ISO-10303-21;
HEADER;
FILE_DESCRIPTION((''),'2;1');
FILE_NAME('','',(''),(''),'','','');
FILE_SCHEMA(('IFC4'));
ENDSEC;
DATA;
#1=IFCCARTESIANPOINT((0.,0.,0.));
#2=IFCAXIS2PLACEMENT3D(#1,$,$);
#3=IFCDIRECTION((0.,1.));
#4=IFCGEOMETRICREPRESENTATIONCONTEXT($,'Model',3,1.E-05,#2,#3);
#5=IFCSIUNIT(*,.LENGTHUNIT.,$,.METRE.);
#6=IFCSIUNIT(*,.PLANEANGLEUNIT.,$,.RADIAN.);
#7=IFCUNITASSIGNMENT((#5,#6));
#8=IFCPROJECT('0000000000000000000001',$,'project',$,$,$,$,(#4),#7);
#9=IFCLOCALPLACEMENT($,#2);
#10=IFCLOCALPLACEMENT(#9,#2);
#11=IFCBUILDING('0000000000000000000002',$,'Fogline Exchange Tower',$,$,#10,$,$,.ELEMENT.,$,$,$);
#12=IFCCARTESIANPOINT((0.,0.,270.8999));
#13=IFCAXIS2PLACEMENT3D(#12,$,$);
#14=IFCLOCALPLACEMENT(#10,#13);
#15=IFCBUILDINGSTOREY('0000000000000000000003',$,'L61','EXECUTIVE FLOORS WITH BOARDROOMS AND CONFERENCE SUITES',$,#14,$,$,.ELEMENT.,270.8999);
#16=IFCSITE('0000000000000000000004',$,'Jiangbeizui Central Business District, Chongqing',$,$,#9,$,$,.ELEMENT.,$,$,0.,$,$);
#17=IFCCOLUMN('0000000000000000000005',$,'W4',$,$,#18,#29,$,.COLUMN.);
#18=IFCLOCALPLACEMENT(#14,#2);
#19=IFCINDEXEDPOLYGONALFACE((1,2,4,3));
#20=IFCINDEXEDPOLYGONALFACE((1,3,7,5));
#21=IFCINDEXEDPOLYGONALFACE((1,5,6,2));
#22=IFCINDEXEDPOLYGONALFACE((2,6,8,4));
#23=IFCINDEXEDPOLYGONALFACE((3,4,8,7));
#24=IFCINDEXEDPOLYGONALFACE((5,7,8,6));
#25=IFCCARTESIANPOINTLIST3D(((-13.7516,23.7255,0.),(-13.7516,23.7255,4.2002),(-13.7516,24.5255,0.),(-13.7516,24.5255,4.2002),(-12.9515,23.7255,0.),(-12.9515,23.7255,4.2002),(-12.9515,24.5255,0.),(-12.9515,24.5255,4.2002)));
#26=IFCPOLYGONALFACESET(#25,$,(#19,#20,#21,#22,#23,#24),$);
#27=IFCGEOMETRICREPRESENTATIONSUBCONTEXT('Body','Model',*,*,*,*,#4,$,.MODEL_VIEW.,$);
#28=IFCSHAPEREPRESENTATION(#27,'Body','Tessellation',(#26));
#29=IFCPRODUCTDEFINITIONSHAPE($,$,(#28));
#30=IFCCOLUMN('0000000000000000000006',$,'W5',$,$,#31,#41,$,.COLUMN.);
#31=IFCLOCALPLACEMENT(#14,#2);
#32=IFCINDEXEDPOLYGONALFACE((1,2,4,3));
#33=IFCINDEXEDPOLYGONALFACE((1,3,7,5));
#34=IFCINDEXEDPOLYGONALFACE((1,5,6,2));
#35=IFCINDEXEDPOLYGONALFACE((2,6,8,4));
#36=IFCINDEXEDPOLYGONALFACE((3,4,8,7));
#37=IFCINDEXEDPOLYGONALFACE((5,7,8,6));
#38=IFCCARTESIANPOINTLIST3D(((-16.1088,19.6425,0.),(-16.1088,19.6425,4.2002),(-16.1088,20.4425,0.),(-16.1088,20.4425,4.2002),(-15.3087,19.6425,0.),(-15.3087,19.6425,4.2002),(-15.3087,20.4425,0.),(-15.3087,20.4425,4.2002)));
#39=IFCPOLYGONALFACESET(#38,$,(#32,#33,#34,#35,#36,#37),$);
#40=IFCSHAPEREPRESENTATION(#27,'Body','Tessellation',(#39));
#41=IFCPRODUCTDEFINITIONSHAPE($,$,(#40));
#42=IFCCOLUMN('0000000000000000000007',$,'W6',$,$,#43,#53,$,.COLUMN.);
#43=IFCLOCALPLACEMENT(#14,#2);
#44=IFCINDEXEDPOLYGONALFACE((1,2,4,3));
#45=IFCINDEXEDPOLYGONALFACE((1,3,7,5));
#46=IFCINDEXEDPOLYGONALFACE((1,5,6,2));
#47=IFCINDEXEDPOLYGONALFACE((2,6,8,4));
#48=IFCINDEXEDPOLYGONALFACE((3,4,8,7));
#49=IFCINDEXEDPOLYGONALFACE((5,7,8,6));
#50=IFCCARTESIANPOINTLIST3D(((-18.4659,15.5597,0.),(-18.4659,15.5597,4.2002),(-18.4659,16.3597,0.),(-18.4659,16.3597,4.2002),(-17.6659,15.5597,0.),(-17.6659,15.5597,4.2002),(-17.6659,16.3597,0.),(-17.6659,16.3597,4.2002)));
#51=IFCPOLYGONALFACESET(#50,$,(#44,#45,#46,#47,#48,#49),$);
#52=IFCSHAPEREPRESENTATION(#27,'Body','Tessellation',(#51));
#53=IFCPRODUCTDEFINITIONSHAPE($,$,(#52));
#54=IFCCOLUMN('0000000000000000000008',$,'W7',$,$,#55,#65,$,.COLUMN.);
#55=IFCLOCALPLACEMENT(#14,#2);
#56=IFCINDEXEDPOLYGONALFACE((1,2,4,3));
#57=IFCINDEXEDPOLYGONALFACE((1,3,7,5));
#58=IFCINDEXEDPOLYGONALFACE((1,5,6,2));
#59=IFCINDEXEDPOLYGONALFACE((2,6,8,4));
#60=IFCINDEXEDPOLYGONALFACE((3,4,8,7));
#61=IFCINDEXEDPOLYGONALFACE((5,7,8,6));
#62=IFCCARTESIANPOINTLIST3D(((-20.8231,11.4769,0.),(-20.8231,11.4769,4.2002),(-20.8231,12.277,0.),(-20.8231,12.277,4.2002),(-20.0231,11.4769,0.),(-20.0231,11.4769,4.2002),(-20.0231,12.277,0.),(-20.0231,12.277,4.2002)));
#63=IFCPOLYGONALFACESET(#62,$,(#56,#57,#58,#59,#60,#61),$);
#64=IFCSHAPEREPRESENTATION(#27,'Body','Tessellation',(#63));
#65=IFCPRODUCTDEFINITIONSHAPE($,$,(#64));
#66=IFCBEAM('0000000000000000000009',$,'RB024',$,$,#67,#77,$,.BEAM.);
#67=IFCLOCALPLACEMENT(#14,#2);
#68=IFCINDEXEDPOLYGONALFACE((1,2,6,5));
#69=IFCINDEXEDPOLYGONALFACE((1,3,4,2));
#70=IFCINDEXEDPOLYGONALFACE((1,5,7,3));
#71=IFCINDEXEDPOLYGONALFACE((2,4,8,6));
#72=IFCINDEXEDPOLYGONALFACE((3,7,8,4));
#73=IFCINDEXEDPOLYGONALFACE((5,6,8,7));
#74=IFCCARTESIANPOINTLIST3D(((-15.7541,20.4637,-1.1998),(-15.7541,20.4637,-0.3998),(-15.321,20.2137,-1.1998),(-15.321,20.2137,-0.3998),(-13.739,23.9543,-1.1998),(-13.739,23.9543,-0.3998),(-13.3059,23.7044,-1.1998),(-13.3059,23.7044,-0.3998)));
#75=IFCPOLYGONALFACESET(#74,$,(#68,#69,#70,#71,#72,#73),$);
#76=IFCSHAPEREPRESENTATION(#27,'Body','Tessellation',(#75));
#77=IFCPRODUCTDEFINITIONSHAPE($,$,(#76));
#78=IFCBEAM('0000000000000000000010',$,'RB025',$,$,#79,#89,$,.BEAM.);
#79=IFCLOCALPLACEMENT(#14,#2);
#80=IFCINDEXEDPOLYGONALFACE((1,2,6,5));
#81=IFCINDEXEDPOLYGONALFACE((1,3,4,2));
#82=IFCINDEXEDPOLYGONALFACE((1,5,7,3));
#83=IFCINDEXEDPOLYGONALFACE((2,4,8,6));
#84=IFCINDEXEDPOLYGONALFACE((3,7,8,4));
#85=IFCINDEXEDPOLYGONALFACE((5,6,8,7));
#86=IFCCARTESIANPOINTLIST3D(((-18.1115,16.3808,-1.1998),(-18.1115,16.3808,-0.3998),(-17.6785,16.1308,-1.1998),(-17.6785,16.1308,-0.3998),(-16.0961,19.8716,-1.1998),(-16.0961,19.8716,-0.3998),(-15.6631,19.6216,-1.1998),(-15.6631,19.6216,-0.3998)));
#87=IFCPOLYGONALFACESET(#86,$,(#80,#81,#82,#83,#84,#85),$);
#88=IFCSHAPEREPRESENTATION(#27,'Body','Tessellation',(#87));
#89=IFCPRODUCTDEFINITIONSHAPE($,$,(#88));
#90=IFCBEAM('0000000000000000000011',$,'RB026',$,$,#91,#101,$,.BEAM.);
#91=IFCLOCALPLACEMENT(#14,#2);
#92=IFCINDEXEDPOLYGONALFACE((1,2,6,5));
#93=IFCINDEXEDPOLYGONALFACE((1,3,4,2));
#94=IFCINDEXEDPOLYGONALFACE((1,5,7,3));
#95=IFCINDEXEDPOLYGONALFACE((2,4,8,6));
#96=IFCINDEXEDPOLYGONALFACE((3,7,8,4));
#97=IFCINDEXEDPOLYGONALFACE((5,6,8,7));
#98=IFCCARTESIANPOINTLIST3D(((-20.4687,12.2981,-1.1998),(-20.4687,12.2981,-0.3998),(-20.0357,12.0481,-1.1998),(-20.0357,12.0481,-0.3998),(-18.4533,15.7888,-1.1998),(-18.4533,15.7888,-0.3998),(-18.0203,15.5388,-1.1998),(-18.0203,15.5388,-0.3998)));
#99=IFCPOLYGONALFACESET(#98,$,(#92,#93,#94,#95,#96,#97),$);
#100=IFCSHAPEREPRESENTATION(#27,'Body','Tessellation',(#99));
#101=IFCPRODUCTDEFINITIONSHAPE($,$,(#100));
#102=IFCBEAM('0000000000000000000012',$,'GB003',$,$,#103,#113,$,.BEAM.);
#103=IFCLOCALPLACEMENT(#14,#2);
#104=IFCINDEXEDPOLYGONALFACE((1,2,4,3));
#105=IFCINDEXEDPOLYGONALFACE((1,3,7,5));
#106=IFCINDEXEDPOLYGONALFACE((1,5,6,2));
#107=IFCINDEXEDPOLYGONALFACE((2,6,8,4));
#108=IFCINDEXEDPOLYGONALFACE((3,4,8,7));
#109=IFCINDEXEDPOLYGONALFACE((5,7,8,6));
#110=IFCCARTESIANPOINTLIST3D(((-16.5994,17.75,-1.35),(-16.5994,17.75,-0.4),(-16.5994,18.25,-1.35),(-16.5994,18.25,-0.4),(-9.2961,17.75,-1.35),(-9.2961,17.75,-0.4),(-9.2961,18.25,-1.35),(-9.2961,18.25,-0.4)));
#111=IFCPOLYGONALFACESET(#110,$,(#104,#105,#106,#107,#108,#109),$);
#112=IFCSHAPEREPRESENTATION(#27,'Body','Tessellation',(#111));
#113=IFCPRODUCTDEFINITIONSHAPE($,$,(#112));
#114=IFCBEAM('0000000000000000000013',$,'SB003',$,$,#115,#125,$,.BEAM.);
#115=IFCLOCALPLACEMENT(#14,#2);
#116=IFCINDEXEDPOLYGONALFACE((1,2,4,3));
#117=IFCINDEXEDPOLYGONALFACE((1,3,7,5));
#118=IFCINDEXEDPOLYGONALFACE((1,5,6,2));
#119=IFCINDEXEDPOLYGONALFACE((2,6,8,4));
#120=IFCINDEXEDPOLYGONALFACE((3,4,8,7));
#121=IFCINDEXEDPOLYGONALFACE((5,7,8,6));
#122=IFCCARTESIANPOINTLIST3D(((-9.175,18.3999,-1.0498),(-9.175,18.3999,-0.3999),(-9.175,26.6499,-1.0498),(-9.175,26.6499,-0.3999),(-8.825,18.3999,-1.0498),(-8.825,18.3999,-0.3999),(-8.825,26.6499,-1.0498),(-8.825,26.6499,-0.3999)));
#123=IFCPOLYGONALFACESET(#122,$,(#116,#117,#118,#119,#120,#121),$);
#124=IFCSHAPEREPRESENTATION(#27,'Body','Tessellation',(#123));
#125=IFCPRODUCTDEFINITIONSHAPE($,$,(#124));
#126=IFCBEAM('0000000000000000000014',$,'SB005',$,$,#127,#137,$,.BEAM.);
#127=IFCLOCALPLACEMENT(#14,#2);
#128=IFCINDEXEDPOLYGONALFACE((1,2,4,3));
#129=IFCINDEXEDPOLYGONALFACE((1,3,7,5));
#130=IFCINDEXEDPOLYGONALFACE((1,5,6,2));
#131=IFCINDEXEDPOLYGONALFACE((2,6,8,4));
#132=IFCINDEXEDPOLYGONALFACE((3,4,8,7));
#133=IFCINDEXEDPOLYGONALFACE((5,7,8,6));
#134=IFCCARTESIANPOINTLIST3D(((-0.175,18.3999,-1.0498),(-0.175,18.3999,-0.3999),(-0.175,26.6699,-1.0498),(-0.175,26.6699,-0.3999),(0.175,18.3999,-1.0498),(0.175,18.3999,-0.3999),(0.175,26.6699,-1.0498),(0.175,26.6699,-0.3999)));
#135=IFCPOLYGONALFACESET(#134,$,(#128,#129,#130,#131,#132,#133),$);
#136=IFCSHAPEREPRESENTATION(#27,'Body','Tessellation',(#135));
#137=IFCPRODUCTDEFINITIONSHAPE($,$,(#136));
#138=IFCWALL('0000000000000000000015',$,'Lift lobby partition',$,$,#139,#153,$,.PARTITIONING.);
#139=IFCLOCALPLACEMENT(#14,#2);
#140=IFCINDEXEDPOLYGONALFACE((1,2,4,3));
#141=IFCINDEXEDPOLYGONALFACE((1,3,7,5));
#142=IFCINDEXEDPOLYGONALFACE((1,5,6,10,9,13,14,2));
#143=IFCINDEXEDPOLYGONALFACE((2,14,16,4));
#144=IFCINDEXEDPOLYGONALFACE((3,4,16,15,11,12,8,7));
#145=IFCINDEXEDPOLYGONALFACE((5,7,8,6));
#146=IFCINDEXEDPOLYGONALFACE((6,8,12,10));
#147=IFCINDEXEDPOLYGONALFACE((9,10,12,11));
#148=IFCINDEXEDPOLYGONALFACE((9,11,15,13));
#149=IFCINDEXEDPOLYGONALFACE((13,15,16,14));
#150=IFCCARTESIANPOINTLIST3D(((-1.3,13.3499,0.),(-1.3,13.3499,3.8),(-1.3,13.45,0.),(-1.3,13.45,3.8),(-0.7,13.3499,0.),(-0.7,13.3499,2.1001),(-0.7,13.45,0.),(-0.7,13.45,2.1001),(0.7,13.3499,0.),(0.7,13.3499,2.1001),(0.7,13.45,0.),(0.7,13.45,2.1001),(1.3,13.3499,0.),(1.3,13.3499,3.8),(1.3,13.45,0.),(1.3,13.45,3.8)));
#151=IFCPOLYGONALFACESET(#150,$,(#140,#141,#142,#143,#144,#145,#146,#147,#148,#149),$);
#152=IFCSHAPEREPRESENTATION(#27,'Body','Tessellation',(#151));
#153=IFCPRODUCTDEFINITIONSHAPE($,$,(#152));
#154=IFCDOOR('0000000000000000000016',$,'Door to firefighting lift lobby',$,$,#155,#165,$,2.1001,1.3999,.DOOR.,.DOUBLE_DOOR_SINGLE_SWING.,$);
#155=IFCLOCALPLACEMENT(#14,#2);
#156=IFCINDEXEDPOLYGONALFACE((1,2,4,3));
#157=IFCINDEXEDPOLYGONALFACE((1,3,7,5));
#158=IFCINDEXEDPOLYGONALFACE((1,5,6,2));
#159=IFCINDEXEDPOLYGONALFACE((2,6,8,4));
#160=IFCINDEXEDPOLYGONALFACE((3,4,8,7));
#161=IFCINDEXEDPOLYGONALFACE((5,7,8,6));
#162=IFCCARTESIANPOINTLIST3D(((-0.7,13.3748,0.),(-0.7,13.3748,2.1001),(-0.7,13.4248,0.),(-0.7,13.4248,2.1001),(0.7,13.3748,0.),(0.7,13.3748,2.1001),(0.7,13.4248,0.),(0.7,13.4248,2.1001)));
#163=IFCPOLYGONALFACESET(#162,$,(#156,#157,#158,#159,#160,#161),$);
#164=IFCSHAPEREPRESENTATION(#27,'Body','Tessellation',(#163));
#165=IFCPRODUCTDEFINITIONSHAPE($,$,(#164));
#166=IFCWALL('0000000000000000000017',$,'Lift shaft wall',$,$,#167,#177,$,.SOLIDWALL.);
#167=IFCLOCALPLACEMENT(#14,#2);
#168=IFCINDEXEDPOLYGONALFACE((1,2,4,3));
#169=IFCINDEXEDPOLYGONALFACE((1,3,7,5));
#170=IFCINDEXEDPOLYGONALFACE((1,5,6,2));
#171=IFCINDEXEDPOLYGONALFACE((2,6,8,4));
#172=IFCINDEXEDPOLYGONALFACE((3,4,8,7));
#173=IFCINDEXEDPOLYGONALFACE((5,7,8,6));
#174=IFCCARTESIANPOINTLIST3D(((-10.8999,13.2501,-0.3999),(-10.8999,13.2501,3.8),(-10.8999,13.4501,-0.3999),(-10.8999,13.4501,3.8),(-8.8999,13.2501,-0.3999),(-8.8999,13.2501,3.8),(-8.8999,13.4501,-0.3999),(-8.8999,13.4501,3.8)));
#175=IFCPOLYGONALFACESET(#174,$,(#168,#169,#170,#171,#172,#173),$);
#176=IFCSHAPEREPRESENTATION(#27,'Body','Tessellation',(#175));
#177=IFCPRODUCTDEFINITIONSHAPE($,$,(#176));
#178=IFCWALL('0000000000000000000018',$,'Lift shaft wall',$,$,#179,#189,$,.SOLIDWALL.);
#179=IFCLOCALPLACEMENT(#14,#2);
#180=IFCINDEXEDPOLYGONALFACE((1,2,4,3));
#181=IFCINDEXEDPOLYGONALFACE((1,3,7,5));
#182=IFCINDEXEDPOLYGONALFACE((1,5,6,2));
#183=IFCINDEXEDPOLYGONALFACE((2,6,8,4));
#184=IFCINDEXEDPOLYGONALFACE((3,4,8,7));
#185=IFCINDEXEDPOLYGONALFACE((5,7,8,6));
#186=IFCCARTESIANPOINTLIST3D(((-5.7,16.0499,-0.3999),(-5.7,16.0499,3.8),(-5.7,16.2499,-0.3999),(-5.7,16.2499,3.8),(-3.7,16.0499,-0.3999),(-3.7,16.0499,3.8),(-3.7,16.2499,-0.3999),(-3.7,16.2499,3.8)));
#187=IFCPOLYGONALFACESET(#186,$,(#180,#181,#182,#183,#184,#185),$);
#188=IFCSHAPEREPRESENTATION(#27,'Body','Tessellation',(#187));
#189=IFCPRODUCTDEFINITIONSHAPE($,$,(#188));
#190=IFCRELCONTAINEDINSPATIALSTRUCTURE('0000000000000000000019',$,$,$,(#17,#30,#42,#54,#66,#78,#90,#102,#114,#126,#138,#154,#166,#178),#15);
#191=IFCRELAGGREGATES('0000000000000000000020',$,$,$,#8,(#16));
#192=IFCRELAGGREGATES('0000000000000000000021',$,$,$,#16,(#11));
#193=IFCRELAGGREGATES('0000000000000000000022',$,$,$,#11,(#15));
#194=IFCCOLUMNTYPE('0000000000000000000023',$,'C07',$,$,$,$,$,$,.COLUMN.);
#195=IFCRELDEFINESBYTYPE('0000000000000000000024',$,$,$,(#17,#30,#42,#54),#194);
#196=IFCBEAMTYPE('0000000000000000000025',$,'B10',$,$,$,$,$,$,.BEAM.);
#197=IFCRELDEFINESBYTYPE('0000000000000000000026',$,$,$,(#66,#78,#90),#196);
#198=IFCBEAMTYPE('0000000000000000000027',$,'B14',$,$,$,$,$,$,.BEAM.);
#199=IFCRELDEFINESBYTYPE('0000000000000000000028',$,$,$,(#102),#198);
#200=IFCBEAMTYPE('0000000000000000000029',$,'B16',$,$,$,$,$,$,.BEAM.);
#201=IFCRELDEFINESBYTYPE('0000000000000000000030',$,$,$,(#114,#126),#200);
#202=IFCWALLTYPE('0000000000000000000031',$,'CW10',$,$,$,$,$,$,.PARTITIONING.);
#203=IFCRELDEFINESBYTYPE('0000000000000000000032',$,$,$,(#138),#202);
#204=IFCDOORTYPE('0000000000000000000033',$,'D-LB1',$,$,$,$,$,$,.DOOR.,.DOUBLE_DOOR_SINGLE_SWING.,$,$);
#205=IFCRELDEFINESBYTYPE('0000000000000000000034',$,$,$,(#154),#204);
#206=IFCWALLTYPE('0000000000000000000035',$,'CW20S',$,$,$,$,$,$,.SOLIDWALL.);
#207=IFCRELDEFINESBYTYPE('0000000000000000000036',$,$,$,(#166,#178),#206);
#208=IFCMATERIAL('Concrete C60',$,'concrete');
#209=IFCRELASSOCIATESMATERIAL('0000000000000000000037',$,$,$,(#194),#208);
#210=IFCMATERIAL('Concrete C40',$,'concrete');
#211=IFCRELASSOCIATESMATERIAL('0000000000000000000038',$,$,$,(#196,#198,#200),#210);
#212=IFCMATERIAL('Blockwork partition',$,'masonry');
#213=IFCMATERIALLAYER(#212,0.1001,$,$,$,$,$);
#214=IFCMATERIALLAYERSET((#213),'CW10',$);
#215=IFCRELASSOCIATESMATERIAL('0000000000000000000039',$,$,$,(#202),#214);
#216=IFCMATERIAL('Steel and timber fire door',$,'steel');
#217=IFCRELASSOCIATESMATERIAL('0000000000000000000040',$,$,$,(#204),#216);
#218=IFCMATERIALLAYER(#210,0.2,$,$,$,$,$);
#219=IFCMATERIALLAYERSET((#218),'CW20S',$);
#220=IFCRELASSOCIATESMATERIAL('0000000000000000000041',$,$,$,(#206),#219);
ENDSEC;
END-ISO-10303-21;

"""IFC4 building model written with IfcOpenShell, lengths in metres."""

from ifc_helpers import new_model, si_unit, direction, frame, frame_2d, origin, origin_2d, place, context, subcontext, project, spatial, rectangle, extrude, material, layer, layer_set, material_profile, profile_set, type_object, element, fill, save


model = new_model("IFC4")

# Units and contexts
model_context = context("Model", 3, precision=1e-05, world=origin(), true_north=direction((0.0, 1.0)))
body_context = subcontext(model_context, "Body", "Model", "MODEL_VIEW")
ifc_project = project(units=[si_unit("LENGTHUNIT", "METRE"), si_unit("PLANEANGLEUNIT", "RADIAN")], contexts=[model_context])

# Site, building, storey
site_placement = place(None, origin())
site = spatial("IfcSite", under=ifc_project, at=site_placement, Name="Jiangbeizui Central Business District, Chongqing", CompositionType="ELEMENT", RefElevation=0.0)
building_placement = place(site_placement, origin())
building = spatial("IfcBuilding", under=site, at=building_placement, Name="Fogline Exchange Tower", CompositionType="ELEMENT")
storey_placement = place(building_placement, frame((0.0, 0.0, 270.8999)))
storey = spatial("IfcBuildingStorey", under=building, at=storey_placement, Name="L61", Description="EXECUTIVE FLOORS WITH BOARDROOMS AND CONFERENCE SUITES", CompositionType="ELEMENT", Elevation=270.8999)

# Columns
ifc_material_1 = material(Name="Concrete C60", Category="concrete")
ifc_material_profile_1 = material_profile(ifc_material_1, rectangle(XDim=0.8, YDim=0.8, at=origin_2d()), Name="RC 800x800")
ifc_profile_set_1 = profile_set([ifc_material_profile_1], Name="Concrete C60")
column_type = type_object("IfcColumnType", Name="C07", PredefinedType="COLUMN", material=ifc_profile_set_1)
for number, where, z_axis, x_axis, name in (
    (1, (-13.3516, 24.1255, 0.0), (0.0, 0.0, 1.0), (1.0, 0.0, 0.0), "W4"),
    (2, (-15.7087, 20.0425, 0.0), (0.0, 0.0, 1.0), (1.0, 0.0, 0.0), "W5"),
    (3, (-18.0659, 15.9597, 0.0), (0.0, 0.0, 1.0), (1.0, 0.0, 0.0), "W6"),
    (4, (-20.4231, 11.877, 0.0), (0.0, 0.0, 1.0), (1.0, 0.0, 0.0), "W7"),
):
    element("IfcColumn", number, at=place(storey_placement, frame(where, z_axis=z_axis, x_axis=x_axis)), inside=storey, type_object=column_type, Name=name, PredefinedType="COLUMN", context=body_context, shape_type="SweptSolid", body=[
        extrude(rectangle(XDim=0.8, YDim=0.8, at=origin_2d()), origin(), (0.0, 0.0, 1.0), 4.2002),
    ])

# Beams
ifc_material_2 = material(Name="Concrete C40", Category="concrete")
ifc_material_profile_2 = material_profile(ifc_material_2, rectangle(XDim=0.5, YDim=0.8, at=origin_2d()), Name="RC 500x800")
ifc_profile_set_2 = profile_set([ifc_material_profile_2], Name="Concrete C40")
beam_type_1 = type_object("IfcBeamType", Name="B10", PredefinedType="BEAM", material=ifc_profile_set_2)
beam_1_placement = place(storey_placement, frame((-13.5225, 23.8293, -0.7998), z_axis=(-0.499957, -0.86605, 0.0), x_axis=(0.86605, -0.499957, 0.0)))
element("IfcBeam", 5, at=beam_1_placement, inside=storey, type_object=beam_type_1, Name="RB024", PredefinedType="BEAM", context=body_context, shape_type="SweptSolid", body=[
    extrude(rectangle(XDim=0.5, YDim=0.8, at=origin_2d()), origin(), (0.0, 0.0, 1.0), 4.0305),
])
for number, where, z_axis, x_axis, name in (
    (6, (-15.8796, 19.7466, -0.7998), (-0.500002, -0.866024, 0.0), (0.866024, -0.500002, 0.0), "RB025"),
    (7, (-18.2368, 15.6638, -0.7998), (-0.500002, -0.866024, 0.0), (0.866024, -0.500002, 0.0), "RB026"),
):
    element("IfcBeam", number, at=place(storey_placement, frame(where, z_axis=z_axis, x_axis=x_axis)), inside=storey, type_object=beam_type_1, Name=name, PredefinedType="BEAM", context=body_context, shape_type="SweptSolid", body=[
        extrude(rectangle(XDim=0.5, YDim=0.8, at=origin_2d()), origin(), (0.0, 0.0, 1.0), 4.0308),
    ])
ifc_material_profile_3 = material_profile(ifc_material_2, rectangle(XDim=0.5, YDim=0.95, at=origin_2d()), Name="RC 500x950")
ifc_profile_set_3 = profile_set([ifc_material_profile_3], Name="Concrete C40")
beam_type_2 = type_object("IfcBeamType", Name="B14", PredefinedType="BEAM", material=ifc_profile_set_3)
beam_2_placement = place(storey_placement, frame((-16.5994, 18.0, -0.875), z_axis=(1.0, 0.0, 0.0), x_axis=(0.0, 1.0, 0.0)))
element("IfcBeam", 8, at=beam_2_placement, inside=storey, type_object=beam_type_2, Name="GB003", PredefinedType="BEAM", context=body_context, shape_type="SweptSolid", body=[
    extrude(rectangle(XDim=0.5, YDim=0.95, at=origin_2d()), origin(), (0.0, 0.0, 1.0), 7.3032),
])
ifc_material_profile_4 = material_profile(ifc_material_2, rectangle(XDim=0.3501, YDim=0.6499, at=origin_2d()), Name="RC 350x650")
ifc_profile_set_4 = profile_set([ifc_material_profile_4], Name="Concrete C40")
beam_type_3 = type_object("IfcBeamType", Name="B16", PredefinedType="BEAM", material=ifc_profile_set_4)
beam_3_placement = place(storey_placement, frame((-9.0, 18.3999, -0.7249), z_axis=(0.0, 1.0, 0.0), x_axis=(-1.0, 0.0, 0.0)))
element("IfcBeam", 9, at=beam_3_placement, inside=storey, type_object=beam_type_3, Name="SB003", PredefinedType="BEAM", context=body_context, shape_type="SweptSolid", body=[
    extrude(rectangle(XDim=0.3501, YDim=0.6499, at=origin_2d()), origin(), (0.0, 0.0, 1.0), 8.25),
])
beam_4_placement = place(storey_placement, frame((0.0, 18.3999, -0.7249), z_axis=(0.0, 1.0, 0.0), x_axis=(-1.0, 0.0, 0.0)))
element("IfcBeam", 10, at=beam_4_placement, inside=storey, type_object=beam_type_3, Name="SB005", PredefinedType="BEAM", context=body_context, shape_type="SweptSolid", body=[
    extrude(rectangle(XDim=0.3501, YDim=0.6499, at=origin_2d()), origin(), (0.0, 0.0, 1.0), 8.27),
])

# Wall, opening, door
ifc_material_3 = material(Name="Blockwork partition", Category="masonry")
ifc_layer_1 = layer(ifc_material_3, 0.1001)
ifc_layer_set_1 = layer_set([ifc_layer_1], Name="CW10")
wall_type_1 = type_object("IfcWallType", Name="CW10", PredefinedType="PARTITIONING", material=ifc_layer_set_1)
wall_1_placement = place(storey_placement, frame((-1.3, 13.3999, 0.0), z_axis=(0.0, 0.0, 1.0), x_axis=(1.0, 0.0, 0.0)))
wall_1 = element("IfcWall", 11, at=wall_1_placement, inside=storey, type_object=wall_type_1, Name="Lift lobby partition", PredefinedType="PARTITIONING", context=body_context, shape_type="SweptSolid", body=[
    extrude(rectangle(XDim=2.6001, YDim=0.1001, at=frame_2d((1.3, 0.0))), origin(), (0.0, 0.0, 1.0), 3.8),
])
opening_1_placement = place(wall_1_placement, frame((0.6001, 0.0, 0.0)))
opening_1 = element("IfcOpeningElement", 12, at=opening_1_placement, cuts=wall_1, PredefinedType="OPENING", context=body_context, shape_type="SweptSolid", body=[
    extrude(rectangle(XDim=1.3999, YDim=2.1001, at=frame_2d((0.7, 1.05))), frame((0.0, 0.0601, 0.0), z_axis=(0.0, -1.0, 0.0), x_axis=(1.0, 0.0, 0.0)), (0.0, 0.0, 1.0), 0.1201),
])
ifc_material_4 = material(Name="Steel and timber fire door", Category="steel")
door_type_1 = type_object("IfcDoorType", Name="D-LB1", OperationType="DOUBLE_DOOR_SINGLE_SWING", PredefinedType="DOOR", material=ifc_material_4)
door_1_placement = place(opening_1_placement, origin())
door_1 = element("IfcDoor", 13, at=door_1_placement, inside=storey, type_object=door_type_1, Name="Door to firefighting lift lobby", OperationType="DOUBLE_DOOR_SINGLE_SWING", OverallHeight=2.1001, OverallWidth=1.3999, PredefinedType="DOOR", context=body_context, shape_type="SweptSolid", body=[
    extrude(rectangle(XDim=1.3999, YDim=2.1001, at=frame_2d((0.7, 1.05))), frame((0.0, 0.0249, 0.0), z_axis=(0.0, -1.0, 0.0), x_axis=(1.0, 0.0, 0.0)), (0.0, 0.0, 1.0), 0.05),
])
fill(opening_1, door_1)

# Walls
ifc_layer_2 = layer(ifc_material_2, 0.2)
ifc_layer_set_2 = layer_set([ifc_layer_2], Name="CW20S")
wall_type_2 = type_object("IfcWallType", Name="CW20S", PredefinedType="SOLIDWALL", material=ifc_layer_set_2)
for number, where, z_axis, x_axis, name in (
    (14, (-10.8999, 13.3501, -0.3999), (0.0, 0.0, 1.0), (1.0, 0.0, 0.0), "Lift shaft wall"),
    (15, (-5.7, 16.1499, -0.3999), (0.0, 0.0, 1.0), (1.0, 0.0, 0.0), "Lift shaft wall"),
):
    element("IfcWall", number, at=place(storey_placement, frame(where, z_axis=z_axis, x_axis=x_axis)), inside=storey, type_object=wall_type_2, Name=name, PredefinedType="SOLIDWALL", context=body_context, shape_type="SweptSolid", body=[
        extrude(rectangle(XDim=2.0, YDim=0.2, at=frame_2d((1.0, 0.0))), origin(), (0.0, 0.0, 1.0), 4.2),
    ])

save(model, "model.ifc")
